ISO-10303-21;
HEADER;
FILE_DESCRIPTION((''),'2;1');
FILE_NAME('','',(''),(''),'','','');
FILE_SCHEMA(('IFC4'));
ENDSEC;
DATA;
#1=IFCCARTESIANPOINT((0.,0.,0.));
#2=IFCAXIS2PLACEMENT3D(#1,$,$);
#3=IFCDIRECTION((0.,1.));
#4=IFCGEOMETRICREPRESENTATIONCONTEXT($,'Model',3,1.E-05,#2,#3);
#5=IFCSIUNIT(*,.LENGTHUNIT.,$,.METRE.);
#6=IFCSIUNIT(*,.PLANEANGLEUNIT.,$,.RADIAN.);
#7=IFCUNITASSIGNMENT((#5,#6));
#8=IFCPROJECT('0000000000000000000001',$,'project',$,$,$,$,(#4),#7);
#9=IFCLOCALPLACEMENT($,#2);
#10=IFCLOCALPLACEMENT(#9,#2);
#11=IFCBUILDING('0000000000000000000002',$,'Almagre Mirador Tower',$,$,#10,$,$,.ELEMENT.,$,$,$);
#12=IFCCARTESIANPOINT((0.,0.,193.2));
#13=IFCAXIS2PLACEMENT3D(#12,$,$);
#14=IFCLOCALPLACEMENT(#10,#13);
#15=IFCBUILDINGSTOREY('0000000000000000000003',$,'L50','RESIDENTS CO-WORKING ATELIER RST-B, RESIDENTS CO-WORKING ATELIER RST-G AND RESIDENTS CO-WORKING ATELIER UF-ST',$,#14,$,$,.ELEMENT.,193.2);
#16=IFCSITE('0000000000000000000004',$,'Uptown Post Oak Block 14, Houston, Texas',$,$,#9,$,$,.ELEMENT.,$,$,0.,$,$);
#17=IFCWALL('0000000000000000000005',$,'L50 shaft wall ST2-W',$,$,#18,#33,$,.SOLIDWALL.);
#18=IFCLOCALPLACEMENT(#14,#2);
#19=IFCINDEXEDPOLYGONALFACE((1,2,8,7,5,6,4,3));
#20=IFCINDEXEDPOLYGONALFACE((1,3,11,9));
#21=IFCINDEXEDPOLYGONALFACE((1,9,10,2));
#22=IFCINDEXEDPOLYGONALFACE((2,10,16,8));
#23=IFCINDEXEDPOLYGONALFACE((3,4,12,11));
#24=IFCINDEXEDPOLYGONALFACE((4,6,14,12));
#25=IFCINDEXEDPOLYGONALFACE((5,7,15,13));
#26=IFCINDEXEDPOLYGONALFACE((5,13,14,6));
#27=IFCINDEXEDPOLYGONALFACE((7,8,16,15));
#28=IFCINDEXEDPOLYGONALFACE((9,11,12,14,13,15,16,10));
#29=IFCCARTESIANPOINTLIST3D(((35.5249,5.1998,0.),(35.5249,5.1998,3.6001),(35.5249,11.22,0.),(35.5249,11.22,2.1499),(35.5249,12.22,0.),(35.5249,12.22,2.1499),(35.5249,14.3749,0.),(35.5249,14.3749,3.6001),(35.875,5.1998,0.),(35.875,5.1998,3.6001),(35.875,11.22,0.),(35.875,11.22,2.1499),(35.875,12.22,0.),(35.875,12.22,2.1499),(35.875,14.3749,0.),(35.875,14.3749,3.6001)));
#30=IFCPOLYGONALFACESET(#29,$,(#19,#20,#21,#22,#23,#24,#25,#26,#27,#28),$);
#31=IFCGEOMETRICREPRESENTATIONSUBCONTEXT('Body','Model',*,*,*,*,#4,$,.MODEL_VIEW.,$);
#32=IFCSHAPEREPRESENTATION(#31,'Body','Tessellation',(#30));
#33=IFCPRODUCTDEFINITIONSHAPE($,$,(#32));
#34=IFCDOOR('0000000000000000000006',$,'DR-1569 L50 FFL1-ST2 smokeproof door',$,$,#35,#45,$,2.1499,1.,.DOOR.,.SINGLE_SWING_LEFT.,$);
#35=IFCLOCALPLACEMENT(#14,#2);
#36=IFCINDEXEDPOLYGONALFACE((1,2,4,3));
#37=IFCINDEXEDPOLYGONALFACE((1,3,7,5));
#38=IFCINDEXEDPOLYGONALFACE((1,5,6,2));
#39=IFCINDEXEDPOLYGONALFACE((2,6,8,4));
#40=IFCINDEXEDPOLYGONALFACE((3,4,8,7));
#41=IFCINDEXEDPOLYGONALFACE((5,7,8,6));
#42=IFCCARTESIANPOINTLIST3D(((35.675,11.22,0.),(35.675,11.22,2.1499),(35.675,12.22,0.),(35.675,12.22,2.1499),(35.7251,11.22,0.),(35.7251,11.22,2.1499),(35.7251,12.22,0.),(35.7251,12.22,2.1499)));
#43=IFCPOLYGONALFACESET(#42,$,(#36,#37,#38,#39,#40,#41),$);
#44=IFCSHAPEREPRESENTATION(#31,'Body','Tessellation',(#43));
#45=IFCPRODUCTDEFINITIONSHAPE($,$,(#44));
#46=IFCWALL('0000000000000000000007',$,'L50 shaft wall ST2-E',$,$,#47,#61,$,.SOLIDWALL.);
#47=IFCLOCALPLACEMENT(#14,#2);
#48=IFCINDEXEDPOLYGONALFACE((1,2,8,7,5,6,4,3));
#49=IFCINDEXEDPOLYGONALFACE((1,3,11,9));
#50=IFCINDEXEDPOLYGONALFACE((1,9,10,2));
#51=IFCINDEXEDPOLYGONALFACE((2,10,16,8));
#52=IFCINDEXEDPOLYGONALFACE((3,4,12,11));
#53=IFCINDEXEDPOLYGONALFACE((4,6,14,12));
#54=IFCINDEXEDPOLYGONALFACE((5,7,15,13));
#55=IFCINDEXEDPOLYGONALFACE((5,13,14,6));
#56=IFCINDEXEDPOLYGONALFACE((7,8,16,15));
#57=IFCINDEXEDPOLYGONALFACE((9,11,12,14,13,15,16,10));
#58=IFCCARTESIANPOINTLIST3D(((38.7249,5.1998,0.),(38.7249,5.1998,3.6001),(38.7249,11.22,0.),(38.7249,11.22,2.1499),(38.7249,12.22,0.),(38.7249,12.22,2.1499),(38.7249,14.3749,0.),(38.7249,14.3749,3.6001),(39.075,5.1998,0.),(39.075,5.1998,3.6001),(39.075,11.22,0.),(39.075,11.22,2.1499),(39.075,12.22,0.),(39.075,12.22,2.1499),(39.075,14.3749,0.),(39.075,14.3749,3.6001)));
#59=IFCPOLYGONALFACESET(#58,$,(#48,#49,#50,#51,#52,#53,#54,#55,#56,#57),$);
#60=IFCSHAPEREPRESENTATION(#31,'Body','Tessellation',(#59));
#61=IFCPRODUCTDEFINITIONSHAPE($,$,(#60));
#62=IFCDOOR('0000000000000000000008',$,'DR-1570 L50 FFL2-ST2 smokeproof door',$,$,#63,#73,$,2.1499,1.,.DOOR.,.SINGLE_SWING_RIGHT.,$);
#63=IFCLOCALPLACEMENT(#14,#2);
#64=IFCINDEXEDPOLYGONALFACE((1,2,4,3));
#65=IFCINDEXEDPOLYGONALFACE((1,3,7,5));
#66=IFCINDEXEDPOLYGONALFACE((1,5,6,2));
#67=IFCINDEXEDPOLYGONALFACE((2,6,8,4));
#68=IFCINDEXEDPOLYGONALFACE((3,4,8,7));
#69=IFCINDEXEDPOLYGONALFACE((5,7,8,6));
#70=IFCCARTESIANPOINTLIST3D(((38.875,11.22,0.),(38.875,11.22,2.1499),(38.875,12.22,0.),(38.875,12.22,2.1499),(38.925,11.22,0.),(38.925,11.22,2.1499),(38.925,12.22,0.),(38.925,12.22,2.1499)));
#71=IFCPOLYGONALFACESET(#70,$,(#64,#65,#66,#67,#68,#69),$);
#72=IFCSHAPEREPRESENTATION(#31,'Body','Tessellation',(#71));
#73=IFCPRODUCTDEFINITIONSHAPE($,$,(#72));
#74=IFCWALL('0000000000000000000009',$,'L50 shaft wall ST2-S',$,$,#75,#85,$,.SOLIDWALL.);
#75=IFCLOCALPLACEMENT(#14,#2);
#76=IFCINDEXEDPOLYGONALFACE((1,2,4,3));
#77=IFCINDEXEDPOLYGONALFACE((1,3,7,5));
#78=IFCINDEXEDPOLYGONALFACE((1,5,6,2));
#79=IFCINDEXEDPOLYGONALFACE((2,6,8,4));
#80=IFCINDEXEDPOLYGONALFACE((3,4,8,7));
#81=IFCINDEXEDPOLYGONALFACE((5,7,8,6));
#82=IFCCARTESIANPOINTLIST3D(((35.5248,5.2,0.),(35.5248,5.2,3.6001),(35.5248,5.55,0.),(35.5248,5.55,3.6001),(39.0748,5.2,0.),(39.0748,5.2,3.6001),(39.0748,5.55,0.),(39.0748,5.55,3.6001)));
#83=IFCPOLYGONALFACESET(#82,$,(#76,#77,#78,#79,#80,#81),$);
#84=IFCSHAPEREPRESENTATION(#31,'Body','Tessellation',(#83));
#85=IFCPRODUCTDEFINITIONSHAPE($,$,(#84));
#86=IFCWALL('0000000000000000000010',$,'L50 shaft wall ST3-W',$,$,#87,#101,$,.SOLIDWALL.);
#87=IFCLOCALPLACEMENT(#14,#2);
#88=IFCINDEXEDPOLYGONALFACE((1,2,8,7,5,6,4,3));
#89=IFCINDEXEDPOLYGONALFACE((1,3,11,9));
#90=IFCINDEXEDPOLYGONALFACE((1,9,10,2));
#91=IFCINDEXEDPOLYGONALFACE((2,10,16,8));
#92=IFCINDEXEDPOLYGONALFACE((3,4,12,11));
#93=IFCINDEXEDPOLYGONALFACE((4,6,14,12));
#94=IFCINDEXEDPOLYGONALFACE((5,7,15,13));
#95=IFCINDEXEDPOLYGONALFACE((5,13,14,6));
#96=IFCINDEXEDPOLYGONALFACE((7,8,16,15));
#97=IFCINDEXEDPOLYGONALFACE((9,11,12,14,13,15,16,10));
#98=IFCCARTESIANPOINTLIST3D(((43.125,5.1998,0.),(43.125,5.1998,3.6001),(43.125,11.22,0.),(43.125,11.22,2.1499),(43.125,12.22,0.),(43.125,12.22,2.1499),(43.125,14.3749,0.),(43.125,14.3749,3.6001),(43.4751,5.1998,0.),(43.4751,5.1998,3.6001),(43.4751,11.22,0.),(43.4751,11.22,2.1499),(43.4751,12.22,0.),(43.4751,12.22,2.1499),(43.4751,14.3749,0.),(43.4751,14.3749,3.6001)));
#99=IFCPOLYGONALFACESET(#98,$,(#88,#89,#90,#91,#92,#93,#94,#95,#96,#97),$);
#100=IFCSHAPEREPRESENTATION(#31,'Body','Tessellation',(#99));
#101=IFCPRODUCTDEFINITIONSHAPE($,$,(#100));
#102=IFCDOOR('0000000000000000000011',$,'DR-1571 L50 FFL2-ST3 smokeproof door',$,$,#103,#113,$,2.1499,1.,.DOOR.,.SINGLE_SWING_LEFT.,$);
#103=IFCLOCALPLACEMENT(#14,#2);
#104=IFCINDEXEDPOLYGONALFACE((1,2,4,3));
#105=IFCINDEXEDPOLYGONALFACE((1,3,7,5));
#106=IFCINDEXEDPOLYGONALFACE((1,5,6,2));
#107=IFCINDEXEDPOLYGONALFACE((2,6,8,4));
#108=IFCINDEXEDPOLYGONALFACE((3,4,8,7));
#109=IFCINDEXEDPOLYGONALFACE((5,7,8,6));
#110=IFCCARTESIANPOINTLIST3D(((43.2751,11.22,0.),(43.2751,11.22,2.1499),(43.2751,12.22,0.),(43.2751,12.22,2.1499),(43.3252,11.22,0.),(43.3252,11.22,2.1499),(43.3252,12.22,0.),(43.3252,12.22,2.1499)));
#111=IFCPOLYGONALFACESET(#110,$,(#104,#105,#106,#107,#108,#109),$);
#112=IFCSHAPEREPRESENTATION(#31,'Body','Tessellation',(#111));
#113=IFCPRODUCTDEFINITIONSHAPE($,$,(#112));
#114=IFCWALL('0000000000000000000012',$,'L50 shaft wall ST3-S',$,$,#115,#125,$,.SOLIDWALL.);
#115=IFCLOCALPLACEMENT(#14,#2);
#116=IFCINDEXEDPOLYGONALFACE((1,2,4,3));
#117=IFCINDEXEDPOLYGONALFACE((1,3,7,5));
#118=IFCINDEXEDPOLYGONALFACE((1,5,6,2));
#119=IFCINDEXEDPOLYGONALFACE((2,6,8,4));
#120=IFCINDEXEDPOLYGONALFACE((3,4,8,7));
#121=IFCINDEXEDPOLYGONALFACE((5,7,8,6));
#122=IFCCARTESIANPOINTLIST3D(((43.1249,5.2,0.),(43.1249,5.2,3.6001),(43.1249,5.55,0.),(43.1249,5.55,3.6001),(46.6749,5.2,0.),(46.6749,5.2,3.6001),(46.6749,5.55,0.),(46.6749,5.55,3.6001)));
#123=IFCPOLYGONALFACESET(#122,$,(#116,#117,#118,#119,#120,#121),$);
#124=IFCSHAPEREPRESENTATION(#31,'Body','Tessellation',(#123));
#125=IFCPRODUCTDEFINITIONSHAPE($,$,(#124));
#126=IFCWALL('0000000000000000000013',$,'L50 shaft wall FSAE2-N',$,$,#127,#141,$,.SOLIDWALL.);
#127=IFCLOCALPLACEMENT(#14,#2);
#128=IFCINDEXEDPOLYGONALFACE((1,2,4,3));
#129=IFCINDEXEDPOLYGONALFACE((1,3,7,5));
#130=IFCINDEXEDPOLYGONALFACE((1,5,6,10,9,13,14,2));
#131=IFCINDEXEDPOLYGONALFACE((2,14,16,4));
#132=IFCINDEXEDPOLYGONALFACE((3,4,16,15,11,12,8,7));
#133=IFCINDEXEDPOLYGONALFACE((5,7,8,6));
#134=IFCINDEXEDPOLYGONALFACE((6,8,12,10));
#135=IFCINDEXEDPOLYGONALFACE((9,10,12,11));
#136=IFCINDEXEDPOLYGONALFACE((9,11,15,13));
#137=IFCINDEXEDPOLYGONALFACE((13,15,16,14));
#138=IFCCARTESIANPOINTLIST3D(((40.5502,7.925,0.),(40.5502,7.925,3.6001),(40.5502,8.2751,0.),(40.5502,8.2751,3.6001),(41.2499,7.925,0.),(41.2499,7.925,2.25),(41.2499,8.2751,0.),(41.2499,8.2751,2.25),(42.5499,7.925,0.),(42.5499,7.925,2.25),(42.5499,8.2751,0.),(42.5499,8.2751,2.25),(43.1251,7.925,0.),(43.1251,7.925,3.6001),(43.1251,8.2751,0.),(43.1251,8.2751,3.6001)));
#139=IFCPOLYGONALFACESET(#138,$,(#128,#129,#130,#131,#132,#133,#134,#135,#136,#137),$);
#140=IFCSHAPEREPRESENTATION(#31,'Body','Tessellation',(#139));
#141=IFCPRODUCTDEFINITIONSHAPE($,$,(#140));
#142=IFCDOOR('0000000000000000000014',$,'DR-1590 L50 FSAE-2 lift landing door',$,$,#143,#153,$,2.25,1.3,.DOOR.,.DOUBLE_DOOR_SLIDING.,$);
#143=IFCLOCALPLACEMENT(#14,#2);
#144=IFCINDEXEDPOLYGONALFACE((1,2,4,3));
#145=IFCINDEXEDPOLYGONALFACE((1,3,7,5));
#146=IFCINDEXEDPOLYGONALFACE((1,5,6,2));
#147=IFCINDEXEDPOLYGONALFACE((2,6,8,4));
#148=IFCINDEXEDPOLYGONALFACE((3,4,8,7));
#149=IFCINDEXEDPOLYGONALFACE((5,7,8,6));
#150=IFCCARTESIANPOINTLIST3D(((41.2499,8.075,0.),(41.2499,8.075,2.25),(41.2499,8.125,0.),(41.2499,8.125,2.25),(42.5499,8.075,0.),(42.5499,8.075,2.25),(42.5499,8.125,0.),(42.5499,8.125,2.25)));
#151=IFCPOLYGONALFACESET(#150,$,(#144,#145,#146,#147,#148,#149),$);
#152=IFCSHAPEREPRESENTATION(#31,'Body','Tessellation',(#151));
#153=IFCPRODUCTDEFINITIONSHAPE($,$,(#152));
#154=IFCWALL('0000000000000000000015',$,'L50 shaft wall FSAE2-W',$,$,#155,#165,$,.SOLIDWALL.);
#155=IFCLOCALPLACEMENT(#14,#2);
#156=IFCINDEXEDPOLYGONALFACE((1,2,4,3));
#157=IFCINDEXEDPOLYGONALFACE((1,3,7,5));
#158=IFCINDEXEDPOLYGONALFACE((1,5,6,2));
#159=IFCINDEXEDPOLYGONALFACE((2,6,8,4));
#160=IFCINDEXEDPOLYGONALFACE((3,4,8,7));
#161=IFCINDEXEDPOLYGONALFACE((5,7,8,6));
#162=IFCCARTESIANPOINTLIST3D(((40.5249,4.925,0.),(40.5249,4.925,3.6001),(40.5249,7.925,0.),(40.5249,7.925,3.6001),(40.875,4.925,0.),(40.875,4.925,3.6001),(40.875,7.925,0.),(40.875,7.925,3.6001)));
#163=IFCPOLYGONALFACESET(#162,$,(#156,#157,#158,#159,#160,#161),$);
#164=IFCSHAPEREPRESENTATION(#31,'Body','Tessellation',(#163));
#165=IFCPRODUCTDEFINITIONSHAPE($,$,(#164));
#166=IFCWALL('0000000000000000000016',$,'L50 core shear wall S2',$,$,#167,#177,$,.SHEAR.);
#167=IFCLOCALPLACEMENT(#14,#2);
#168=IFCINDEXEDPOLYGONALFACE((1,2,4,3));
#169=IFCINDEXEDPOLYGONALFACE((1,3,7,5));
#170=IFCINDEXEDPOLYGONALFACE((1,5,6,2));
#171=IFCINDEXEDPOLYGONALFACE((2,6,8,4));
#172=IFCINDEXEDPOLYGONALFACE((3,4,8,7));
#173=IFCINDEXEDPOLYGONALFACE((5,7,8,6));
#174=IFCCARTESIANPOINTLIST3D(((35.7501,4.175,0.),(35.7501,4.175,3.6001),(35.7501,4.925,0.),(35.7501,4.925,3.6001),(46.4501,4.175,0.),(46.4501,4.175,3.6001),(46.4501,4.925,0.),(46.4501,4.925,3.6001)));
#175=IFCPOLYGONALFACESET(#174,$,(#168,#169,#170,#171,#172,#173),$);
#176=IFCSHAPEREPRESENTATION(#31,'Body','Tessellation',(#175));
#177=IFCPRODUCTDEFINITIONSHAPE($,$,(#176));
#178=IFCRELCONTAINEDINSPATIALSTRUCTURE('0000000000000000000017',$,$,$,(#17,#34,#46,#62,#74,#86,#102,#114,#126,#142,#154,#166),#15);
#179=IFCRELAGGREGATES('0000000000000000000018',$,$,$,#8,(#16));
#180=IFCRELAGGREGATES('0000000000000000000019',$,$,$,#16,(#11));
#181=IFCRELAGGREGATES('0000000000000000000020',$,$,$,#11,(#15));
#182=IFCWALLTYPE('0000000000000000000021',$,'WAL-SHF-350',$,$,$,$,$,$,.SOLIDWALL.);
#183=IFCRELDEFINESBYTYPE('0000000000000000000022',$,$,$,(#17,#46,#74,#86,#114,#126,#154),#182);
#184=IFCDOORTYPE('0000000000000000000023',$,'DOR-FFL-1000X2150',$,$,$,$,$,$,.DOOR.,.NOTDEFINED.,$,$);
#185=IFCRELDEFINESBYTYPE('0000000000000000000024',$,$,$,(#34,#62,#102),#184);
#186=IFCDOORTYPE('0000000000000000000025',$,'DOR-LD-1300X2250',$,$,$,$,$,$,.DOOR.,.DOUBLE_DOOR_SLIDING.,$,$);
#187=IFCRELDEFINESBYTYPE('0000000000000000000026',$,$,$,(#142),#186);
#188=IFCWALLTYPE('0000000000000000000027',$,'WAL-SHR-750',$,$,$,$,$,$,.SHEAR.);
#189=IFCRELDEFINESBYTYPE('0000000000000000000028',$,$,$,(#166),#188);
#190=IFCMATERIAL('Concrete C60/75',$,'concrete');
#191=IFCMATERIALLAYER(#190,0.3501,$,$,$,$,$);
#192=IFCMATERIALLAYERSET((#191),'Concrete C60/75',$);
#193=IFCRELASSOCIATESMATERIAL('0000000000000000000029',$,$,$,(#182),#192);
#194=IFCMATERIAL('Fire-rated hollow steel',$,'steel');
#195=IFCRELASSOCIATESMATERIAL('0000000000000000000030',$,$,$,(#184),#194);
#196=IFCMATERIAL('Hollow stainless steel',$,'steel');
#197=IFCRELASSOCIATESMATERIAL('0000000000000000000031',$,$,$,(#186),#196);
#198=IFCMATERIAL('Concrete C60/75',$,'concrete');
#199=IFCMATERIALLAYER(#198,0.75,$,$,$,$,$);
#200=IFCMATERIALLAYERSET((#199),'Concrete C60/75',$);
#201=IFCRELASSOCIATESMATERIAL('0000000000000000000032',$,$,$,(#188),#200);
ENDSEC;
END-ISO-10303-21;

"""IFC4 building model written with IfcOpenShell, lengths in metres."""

from ifc_helpers import new_model, si_unit, direction, frame, frame_2d, origin, place, context, subcontext, project, spatial, rectangle, extrude, material, layer, layer_set, type_object, element, fill, save


model = new_model("IFC4")

# Units and contexts
model_context = context("Model", 3, precision=1e-05, world=origin(), true_north=direction((0.0, 1.0)))
body_context = subcontext(model_context, "Body", "Model", "MODEL_VIEW")
ifc_project = project(units=[si_unit("LENGTHUNIT", "METRE"), si_unit("PLANEANGLEUNIT", "RADIAN")], contexts=[model_context])

# Site, building, storey
site_placement = place(None, origin())
site = spatial("IfcSite", under=ifc_project, at=site_placement, Name="Uptown Post Oak Block 14, Houston, Texas", CompositionType="ELEMENT", RefElevation=0.0)
building_placement = place(site_placement, origin())
building = spatial("IfcBuilding", under=site, at=building_placement, Name="Almagre Mirador Tower", CompositionType="ELEMENT")
storey_placement = place(building_placement, frame((0.0, 0.0, 193.2)))
storey = spatial("IfcBuildingStorey", under=building, at=storey_placement, Name="L50", Description="RESIDENTS CO-WORKING ATELIER RST-B, RESIDENTS CO-WORKING ATELIER RST-G AND RESIDENTS CO-WORKING ATELIER UF-ST", CompositionType="ELEMENT", Elevation=193.2)

# Walls, openings, doors
ifc_material_1 = material(Name="Concrete C60/75", Category="concrete")
ifc_layer_1 = layer(ifc_material_1, 0.3501)
ifc_layer_set_1 = layer_set([ifc_layer_1], Name="Concrete C60/75")
wall_type_1 = type_object("IfcWallType", Name="WAL-SHF-350", PredefinedType="SOLIDWALL", material=ifc_layer_set_1)
wall_1_placement = place(storey_placement, frame((35.7, 5.2, 0.0), z_axis=(0.0, 0.0, 1.0), x_axis=(0.0, 1.0, 0.0)))
wall_1 = element("IfcWall", 1, at=wall_1_placement, inside=storey, type_object=wall_type_1, Name="L50 shaft wall ST2-W", PredefinedType="SOLIDWALL", context=body_context, shape_type="SweptSolid", body=[
    extrude(rectangle(XDim=9.175, YDim=0.3501, at=frame_2d((4.5874, 0.0))), origin(), (0.0, 0.0, 1.0), 3.6001),
])
opening_1_placement = place(wall_1_placement, frame((6.02, 0.0, 0.0)))
opening_1 = element("IfcOpeningElement", 2, at=opening_1_placement, cuts=wall_1, PredefinedType="OPENING", context=body_context, shape_type="SweptSolid", body=[
    extrude(rectangle(XDim=1.0, YDim=2.1499, at=frame_2d((0.5, 1.075))), frame((0.0, 0.185, 0.0), z_axis=(0.0, -1.0, 0.0), x_axis=(1.0, 0.0, 0.0)), (0.0, 0.0, 1.0), 0.3701),
])
ifc_material_2 = material(Name="Fire-rated hollow steel", Category="steel")
door_type_1 = type_object("IfcDoorType", Name="DOR-FFL-1000X2150", OperationType="NOTDEFINED", PredefinedType="DOOR", material=ifc_material_2)
door_1_placement = place(opening_1_placement, origin())
door_1 = element("IfcDoor", 3, at=door_1_placement, inside=storey, type_object=door_type_1, Name="DR-1569 L50 FFL1-ST2 smokeproof door", OperationType="SINGLE_SWING_LEFT", OverallHeight=2.1499, OverallWidth=1.0, PredefinedType="DOOR", context=body_context, shape_type="SweptSolid", body=[
    extrude(rectangle(XDim=1.0, YDim=2.1499, at=frame_2d((0.5, 1.075))), frame((0.0, 0.0249, 0.0), z_axis=(0.0, -1.0, 0.0), x_axis=(1.0, 0.0, 0.0)), (0.0, 0.0, 1.0), 0.05),
])
fill(opening_1, door_1)
wall_2_placement = place(storey_placement, frame((38.8999, 5.2, 0.0), z_axis=(0.0, 0.0, 1.0), x_axis=(0.0, 1.0, 0.0)))
wall_2 = element("IfcWall", 4, at=wall_2_placement, inside=storey, type_object=wall_type_1, Name="L50 shaft wall ST2-E", PredefinedType="SOLIDWALL", context=body_context, shape_type="SweptSolid", body=[
    extrude(rectangle(XDim=9.175, YDim=0.3501, at=frame_2d((4.5874, 0.0))), origin(), (0.0, 0.0, 1.0), 3.6001),
])
opening_2_placement = place(wall_2_placement, frame((6.02, 0.0, 0.0)))
opening_2 = element("IfcOpeningElement", 5, at=opening_2_placement, cuts=wall_2, PredefinedType="OPENING", context=body_context, shape_type="SweptSolid", body=[
    extrude(rectangle(XDim=1.0, YDim=2.1499, at=frame_2d((0.5, 1.075))), frame((0.0, 0.185, 0.0), z_axis=(0.0, -1.0, 0.0), x_axis=(1.0, 0.0, 0.0)), (0.0, 0.0, 1.0), 0.3701),
])
door_2_placement = place(opening_2_placement, origin())
door_2 = element("IfcDoor", 6, at=door_2_placement, inside=storey, type_object=door_type_1, Name="DR-1570 L50 FFL2-ST2 smokeproof door", OperationType="SINGLE_SWING_RIGHT", OverallHeight=2.1499, OverallWidth=1.0, PredefinedType="DOOR", context=body_context, shape_type="SweptSolid", body=[
    extrude(rectangle(XDim=1.0, YDim=2.1499, at=frame_2d((0.5, 1.075))), frame((0.0, 0.0249, 0.0), z_axis=(0.0, -1.0, 0.0), x_axis=(1.0, 0.0, 0.0)), (0.0, 0.0, 1.0), 0.05),
])
fill(opening_2, door_2)

# Wall
wall_3_placement = place(storey_placement, frame((35.5249, 5.375, 0.0), z_axis=(0.0, 0.0, 1.0), x_axis=(1.0, 0.0, 0.0)))
element("IfcWall", 7, at=wall_3_placement, inside=storey, type_object=wall_type_1, Name="L50 shaft wall ST2-S", PredefinedType="SOLIDWALL", context=body_context, shape_type="SweptSolid", body=[
    extrude(rectangle(XDim=3.55, YDim=0.3501, at=frame_2d((1.7749, 0.0))), origin(), (0.0, 0.0, 1.0), 3.6001),
])

# Wall, opening, door
wall_4_placement = place(storey_placement, frame((43.3, 5.2, 0.0), z_axis=(0.0, 0.0, 1.0), x_axis=(0.0, 1.0, 0.0)))
wall_4 = element("IfcWall", 8, at=wall_4_placement, inside=storey, type_object=wall_type_1, Name="L50 shaft wall ST3-W", PredefinedType="SOLIDWALL", context=body_context, shape_type="SweptSolid", body=[
    extrude(rectangle(XDim=9.175, YDim=0.3501, at=frame_2d((4.5874, 0.0))), origin(), (0.0, 0.0, 1.0), 3.6001),
])
opening_3_placement = place(wall_4_placement, frame((6.02, 0.0, 0.0)))
opening_3 = element("IfcOpeningElement", 9, at=opening_3_placement, cuts=wall_4, PredefinedType="OPENING", context=body_context, shape_type="SweptSolid", body=[
    extrude(rectangle(XDim=1.0, YDim=2.1499, at=frame_2d((0.5, 1.075))), frame((0.0, 0.185, 0.0), z_axis=(0.0, -1.0, 0.0), x_axis=(1.0, 0.0, 0.0)), (0.0, 0.0, 1.0), 0.3701),
])
door_3_placement = place(opening_3_placement, origin())
door_3 = element("IfcDoor", 10, at=door_3_placement, inside=storey, type_object=door_type_1, Name="DR-1571 L50 FFL2-ST3 smokeproof door", OperationType="SINGLE_SWING_LEFT", OverallHeight=2.1499, OverallWidth=1.0, PredefinedType="DOOR", context=body_context, shape_type="SweptSolid", body=[
    extrude(rectangle(XDim=1.0, YDim=2.1499, at=frame_2d((0.5, 1.075))), frame((0.0, 0.0249, 0.0), z_axis=(0.0, -1.0, 0.0), x_axis=(1.0, 0.0, 0.0)), (0.0, 0.0, 1.0), 0.05),
])
fill(opening_3, door_3)

# Wall
wall_5_placement = place(storey_placement, frame((43.125, 5.375, 0.0), z_axis=(0.0, 0.0, 1.0), x_axis=(1.0, 0.0, 0.0)))
element("IfcWall", 11, at=wall_5_placement, inside=storey, type_object=wall_type_1, Name="L50 shaft wall ST3-S", PredefinedType="SOLIDWALL", context=body_context, shape_type="SweptSolid", body=[
    extrude(rectangle(XDim=3.55, YDim=0.3501, at=frame_2d((1.7749, 0.0))), origin(), (0.0, 0.0, 1.0), 3.6001),
])

# Wall, opening, door
wall_6_placement = place(storey_placement, frame((40.55, 8.1001, 0.0), z_axis=(0.0, 0.0, 1.0), x_axis=(1.0, 0.0, 0.0)))
wall_6 = element("IfcWall", 12, at=wall_6_placement, inside=storey, type_object=wall_type_1, Name="L50 shaft wall FSAE2-N", PredefinedType="SOLIDWALL", context=body_context, shape_type="SweptSolid", body=[
    extrude(rectangle(XDim=2.575, YDim=0.3501, at=frame_2d((1.2876, 0.0))), origin(), (0.0, 0.0, 1.0), 3.6001),
])
opening_4_placement = place(wall_6_placement, frame((0.7, 0.0, 0.0)))
opening_4 = element("IfcOpeningElement", 13, at=opening_4_placement, cuts=wall_6, PredefinedType="OPENING", context=body_context, shape_type="SweptSolid", body=[
    extrude(rectangle(XDim=1.3, YDim=2.25, at=frame_2d((0.6499, 1.125))), frame((0.0, 0.185, 0.0), z_axis=(0.0, -1.0, 0.0), x_axis=(1.0, 0.0, 0.0)), (0.0, 0.0, 1.0), 0.3701),
])
ifc_material_3 = material(Name="Hollow stainless steel", Category="steel")
door_type_2 = type_object("IfcDoorType", Name="DOR-LD-1300X2250", OperationType="DOUBLE_DOOR_SLIDING", PredefinedType="DOOR", material=ifc_material_3)
door_4_placement = place(opening_4_placement, origin())
door_4 = element("IfcDoor", 14, at=door_4_placement, inside=storey, type_object=door_type_2, Name="DR-1590 L50 FSAE-2 lift landing door", OperationType="DOUBLE_DOOR_SLIDING", OverallHeight=2.25, OverallWidth=1.3, PredefinedType="DOOR", context=body_context, shape_type="SweptSolid", body=[
    extrude(rectangle(XDim=1.3, YDim=2.25, at=frame_2d((0.6499, 1.125))), frame((0.0, 0.0249, 0.0), z_axis=(0.0, -1.0, 0.0), x_axis=(1.0, 0.0, 0.0)), (0.0, 0.0, 1.0), 0.05),
])
fill(opening_4, door_4)

# Walls
wall_7_placement = place(storey_placement, frame((40.7, 4.925, 0.0), z_axis=(0.0, 0.0, 1.0), x_axis=(0.0, 1.0, 0.0)))
element("IfcWall", 15, at=wall_7_placement, inside=storey, type_object=wall_type_1, Name="L50 shaft wall FSAE2-W", PredefinedType="SOLIDWALL", context=body_context, shape_type="SweptSolid", body=[
    extrude(rectangle(XDim=3.0, YDim=0.3501, at=frame_2d((1.5, 0.0))), origin(), (0.0, 0.0, 1.0), 3.6001),
])
ifc_material_4 = material(Name="Concrete C60/75", Category="concrete")
ifc_layer_2 = layer(ifc_material_4, 0.75)
ifc_layer_set_2 = layer_set([ifc_layer_2], Name="Concrete C60/75")
wall_type_2 = type_object("IfcWallType", Name="WAL-SHR-750", PredefinedType="SHEAR", material=ifc_layer_set_2)
wall_8_placement = place(storey_placement, frame((35.75, 4.55, 0.0), z_axis=(0.0, 0.0, 1.0), x_axis=(1.0, 0.0, 0.0)))
element("IfcWall", 16, at=wall_8_placement, inside=storey, type_object=wall_type_2, Name="L50 core shear wall S2", PredefinedType="SHEAR", context=body_context, shape_type="SweptSolid", body=[
    extrude(rectangle(XDim=10.7, YDim=0.75, at=frame_2d((5.3501, 0.0))), origin(), (0.0, 0.0, 1.0), 3.6001),
])

save(model, "model.ifc")
